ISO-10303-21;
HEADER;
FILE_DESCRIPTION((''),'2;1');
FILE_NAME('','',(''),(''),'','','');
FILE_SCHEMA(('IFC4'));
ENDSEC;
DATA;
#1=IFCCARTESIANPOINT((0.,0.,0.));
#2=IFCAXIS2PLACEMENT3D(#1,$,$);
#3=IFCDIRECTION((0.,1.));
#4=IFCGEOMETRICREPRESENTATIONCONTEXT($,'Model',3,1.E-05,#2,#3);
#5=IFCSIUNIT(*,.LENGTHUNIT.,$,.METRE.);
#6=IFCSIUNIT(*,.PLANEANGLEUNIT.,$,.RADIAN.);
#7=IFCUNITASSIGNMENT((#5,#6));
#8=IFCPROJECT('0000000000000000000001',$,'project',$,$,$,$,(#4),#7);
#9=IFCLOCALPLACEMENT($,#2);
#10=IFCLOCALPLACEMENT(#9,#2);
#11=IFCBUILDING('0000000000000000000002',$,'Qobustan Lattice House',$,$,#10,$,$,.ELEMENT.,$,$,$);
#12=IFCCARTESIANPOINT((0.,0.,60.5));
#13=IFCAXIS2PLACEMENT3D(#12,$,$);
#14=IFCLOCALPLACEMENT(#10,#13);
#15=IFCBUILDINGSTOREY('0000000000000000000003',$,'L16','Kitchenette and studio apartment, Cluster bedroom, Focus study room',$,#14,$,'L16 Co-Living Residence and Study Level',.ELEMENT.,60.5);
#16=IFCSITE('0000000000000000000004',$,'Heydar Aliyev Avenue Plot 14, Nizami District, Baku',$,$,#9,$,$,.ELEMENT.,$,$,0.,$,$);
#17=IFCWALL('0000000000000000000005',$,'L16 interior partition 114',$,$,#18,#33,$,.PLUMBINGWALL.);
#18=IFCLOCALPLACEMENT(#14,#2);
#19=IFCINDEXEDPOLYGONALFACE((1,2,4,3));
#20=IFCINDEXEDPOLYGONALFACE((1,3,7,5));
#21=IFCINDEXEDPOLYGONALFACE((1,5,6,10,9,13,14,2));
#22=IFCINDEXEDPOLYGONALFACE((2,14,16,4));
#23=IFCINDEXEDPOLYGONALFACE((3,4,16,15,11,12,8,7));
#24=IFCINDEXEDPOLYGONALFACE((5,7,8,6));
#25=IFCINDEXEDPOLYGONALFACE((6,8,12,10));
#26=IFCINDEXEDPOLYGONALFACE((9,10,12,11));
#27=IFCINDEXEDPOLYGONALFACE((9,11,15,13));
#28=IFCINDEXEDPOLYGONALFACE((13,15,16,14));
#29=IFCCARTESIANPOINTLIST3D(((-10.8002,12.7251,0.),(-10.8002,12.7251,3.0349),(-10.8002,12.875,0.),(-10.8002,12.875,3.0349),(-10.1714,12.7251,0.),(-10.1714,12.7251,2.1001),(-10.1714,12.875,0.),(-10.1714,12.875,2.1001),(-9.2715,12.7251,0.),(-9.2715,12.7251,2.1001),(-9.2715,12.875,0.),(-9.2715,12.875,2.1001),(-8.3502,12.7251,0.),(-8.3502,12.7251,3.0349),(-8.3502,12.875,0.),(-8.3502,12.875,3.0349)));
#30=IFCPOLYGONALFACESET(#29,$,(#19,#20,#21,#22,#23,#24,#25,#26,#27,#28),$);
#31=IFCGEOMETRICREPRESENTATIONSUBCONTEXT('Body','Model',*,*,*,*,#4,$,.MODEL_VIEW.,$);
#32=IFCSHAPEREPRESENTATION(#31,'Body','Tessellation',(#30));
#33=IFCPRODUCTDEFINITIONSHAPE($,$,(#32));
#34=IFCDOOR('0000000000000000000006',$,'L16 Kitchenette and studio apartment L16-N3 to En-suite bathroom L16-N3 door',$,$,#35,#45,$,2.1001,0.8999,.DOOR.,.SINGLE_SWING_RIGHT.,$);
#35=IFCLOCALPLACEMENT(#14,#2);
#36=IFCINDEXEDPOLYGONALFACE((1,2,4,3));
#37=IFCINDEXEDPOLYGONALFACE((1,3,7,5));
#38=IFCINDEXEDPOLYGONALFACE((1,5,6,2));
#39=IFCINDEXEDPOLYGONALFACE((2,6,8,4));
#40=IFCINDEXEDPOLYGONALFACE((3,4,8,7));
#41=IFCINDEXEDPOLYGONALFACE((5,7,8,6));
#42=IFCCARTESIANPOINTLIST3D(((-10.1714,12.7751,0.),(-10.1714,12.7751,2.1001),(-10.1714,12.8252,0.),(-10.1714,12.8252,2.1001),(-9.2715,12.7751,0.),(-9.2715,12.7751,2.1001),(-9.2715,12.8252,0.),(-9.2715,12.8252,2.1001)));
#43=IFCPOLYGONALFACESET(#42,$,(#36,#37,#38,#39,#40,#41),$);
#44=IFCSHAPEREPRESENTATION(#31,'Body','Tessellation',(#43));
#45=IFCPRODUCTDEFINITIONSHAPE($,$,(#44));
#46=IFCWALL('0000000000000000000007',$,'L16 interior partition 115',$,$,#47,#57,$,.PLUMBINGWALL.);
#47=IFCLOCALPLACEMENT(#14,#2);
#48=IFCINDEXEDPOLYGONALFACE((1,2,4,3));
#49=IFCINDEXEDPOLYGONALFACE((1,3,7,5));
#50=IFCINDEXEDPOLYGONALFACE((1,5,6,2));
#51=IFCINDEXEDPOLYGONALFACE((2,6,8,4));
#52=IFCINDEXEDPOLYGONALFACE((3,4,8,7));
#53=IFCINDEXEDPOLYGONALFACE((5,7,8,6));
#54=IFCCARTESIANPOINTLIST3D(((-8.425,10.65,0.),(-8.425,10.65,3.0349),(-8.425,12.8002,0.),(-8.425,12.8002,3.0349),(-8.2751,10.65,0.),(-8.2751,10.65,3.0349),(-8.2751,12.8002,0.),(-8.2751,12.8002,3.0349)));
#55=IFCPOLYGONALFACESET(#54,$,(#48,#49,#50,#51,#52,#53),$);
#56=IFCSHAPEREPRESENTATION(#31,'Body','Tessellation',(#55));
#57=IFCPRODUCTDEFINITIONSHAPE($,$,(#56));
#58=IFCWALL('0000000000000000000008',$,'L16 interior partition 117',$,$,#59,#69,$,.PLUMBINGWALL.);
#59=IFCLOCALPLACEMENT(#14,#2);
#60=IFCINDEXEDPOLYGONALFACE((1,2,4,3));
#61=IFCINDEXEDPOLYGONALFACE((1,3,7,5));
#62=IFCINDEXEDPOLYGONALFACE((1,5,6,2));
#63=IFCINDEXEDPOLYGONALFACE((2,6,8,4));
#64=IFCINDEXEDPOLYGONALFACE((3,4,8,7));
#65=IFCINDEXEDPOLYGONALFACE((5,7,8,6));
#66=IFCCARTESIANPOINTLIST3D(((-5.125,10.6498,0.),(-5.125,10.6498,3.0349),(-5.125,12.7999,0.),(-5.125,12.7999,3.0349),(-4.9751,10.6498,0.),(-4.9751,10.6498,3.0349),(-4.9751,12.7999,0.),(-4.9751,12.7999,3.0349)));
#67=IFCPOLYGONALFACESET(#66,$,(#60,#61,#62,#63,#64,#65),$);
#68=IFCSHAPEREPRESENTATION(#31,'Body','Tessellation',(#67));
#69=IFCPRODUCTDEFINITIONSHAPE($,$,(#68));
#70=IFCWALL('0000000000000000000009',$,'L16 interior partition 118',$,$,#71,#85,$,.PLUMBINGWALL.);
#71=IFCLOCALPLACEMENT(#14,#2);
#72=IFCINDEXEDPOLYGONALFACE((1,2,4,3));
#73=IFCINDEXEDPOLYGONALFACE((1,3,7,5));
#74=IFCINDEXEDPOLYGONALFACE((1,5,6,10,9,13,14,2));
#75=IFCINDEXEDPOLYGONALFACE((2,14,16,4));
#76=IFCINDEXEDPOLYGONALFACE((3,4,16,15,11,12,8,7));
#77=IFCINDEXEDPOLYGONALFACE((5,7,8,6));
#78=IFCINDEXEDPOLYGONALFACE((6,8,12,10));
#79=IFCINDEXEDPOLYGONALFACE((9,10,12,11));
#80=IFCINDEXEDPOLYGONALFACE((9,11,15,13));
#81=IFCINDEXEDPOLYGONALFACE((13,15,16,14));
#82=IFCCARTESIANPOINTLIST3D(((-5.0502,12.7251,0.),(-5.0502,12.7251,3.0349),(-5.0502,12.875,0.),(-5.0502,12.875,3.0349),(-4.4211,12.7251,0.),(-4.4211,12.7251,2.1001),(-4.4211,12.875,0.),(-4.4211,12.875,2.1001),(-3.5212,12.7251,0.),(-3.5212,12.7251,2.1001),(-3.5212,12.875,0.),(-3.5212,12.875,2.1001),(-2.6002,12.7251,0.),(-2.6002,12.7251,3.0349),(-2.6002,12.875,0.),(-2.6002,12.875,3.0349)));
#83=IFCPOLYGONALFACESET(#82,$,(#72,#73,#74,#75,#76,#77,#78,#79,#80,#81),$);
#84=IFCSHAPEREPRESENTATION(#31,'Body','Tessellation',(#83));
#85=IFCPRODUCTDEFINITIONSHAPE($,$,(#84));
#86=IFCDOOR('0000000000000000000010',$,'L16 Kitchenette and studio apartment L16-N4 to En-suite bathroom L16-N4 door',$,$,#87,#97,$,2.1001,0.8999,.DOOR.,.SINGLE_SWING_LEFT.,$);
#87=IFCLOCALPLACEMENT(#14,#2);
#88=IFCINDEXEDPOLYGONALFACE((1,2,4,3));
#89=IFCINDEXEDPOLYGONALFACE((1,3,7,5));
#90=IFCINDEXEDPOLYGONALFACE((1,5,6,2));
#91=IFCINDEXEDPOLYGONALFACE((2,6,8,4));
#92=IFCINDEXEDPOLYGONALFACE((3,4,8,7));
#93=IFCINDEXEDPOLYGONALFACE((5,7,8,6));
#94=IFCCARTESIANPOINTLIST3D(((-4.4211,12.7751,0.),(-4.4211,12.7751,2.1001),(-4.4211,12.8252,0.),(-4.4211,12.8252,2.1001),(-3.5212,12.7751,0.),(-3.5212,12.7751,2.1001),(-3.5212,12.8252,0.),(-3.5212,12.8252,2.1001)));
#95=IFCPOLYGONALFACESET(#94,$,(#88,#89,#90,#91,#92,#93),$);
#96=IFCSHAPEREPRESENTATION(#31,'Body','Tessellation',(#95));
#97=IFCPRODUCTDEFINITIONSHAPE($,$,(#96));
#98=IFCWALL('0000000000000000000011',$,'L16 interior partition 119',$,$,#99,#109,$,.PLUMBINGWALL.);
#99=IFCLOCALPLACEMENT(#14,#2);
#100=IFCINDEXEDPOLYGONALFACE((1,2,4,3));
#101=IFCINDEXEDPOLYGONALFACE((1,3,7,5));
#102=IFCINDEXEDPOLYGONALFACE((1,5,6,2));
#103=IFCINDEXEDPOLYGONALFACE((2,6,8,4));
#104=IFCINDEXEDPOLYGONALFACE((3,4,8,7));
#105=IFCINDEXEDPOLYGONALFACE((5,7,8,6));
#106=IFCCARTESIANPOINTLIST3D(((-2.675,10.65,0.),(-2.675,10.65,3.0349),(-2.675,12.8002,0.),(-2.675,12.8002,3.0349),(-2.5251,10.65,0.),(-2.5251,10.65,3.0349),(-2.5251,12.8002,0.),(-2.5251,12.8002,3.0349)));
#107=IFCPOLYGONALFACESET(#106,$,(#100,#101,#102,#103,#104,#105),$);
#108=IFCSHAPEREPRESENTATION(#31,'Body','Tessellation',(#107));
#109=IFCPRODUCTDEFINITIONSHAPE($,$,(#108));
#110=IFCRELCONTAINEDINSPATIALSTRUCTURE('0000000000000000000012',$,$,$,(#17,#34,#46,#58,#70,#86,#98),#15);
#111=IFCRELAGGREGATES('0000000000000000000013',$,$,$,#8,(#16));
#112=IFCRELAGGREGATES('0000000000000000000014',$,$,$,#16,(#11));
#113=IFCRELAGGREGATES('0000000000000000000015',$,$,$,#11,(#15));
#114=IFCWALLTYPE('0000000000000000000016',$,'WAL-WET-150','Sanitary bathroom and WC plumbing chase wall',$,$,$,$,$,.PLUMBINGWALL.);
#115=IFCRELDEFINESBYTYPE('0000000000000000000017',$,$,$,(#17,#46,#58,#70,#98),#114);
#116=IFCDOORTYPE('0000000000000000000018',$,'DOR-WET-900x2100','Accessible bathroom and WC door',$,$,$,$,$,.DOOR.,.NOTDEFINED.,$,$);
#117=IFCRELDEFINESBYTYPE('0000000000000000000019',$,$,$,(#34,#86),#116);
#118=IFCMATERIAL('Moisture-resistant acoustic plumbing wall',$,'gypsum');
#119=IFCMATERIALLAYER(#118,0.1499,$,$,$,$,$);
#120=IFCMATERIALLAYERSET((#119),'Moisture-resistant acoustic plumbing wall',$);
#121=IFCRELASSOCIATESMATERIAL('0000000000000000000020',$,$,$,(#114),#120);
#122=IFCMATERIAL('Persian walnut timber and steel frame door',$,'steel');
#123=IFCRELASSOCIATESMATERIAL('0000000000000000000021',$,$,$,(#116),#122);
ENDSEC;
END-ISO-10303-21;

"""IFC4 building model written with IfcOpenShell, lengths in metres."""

from ifc_helpers import new_model, si_unit, direction, frame, frame_2d, origin, place, context, subcontext, project, spatial, rectangle, extrude, material, layer, layer_set, type_object, element, fill, save


model = new_model("IFC4")

# Units and contexts
model_context = context("Model", 3, precision=1e-05, world=origin(), true_north=direction((0.0, 1.0)))
body_context = subcontext(model_context, "Body", "Model", "MODEL_VIEW")
ifc_project = project(units=[si_unit("LENGTHUNIT", "METRE"), si_unit("PLANEANGLEUNIT", "RADIAN")], contexts=[model_context])

# Site, building, storey
site_placement = place(None, origin())
site = spatial("IfcSite", under=ifc_project, at=site_placement, Name="Heydar Aliyev Avenue Plot 14, Nizami District, Baku", CompositionType="ELEMENT", RefElevation=0.0)
building_placement = place(site_placement, origin())
building = spatial("IfcBuilding", under=site, at=building_placement, Name="Qobustan Lattice House", CompositionType="ELEMENT")
storey_placement = place(building_placement, frame((0.0, 0.0, 60.5)))
storey = spatial("IfcBuildingStorey", under=building, at=storey_placement, Name="L16", Description="Kitchenette and studio apartment, Cluster bedroom, Focus study room", LongName="L16 Co-Living Residence and Study Level", CompositionType="ELEMENT", Elevation=60.5)

# Shared definitions
ifc_material_1 = material(Name="Moisture-resistant acoustic plumbing wall", Category="gypsum")
ifc_layer_1 = layer(ifc_material_1, 0.1499)
ifc_layer_set_1 = layer_set([ifc_layer_1], Name="Moisture-resistant acoustic plumbing wall")
wall_type_1 = type_object("IfcWallType", Name="WAL-WET-150", Description="Sanitary bathroom and WC plumbing chase wall", PredefinedType="PLUMBINGWALL", material=ifc_layer_set_1)

# Wall, opening, door
wall_1_placement = place(storey_placement, frame((-8.3501, 12.8, 0.0), z_axis=(0.0, 0.0, 1.0), x_axis=(-1.0, 0.0, 0.0)))
wall_1 = element("IfcWall", 1, at=wall_1_placement, inside=storey, type_object=wall_type_1, Name="L16 interior partition 114", PredefinedType="PLUMBINGWALL", context=body_context, shape_type="SweptSolid", body=[
    extrude(rectangle(XDim=2.45, YDim=0.1499, at=frame_2d((1.2251, 0.0))), origin(), (0.0, 0.0, 1.0), 3.0349),
])
opening_1_placement = place(wall_1_placement, frame((0.9214, 0.0, 0.0)))
opening_1 = element("IfcOpeningElement", 2, at=opening_1_placement, cuts=wall_1, PredefinedType="OPENING", context=body_context, shape_type="SweptSolid", body=[
    extrude(rectangle(XDim=0.8999, YDim=2.1001, at=frame_2d((0.45, 1.05))), frame((0.0, 0.085, 0.0), z_axis=(0.0, -1.0, 0.0), x_axis=(1.0, 0.0, 0.0)), (0.0, 0.0, 1.0), 0.1699),
])
ifc_material_2 = material(Name="Persian walnut timber and steel frame door", Category="steel")
door_type_1 = type_object("IfcDoorType", Name="DOR-WET-900x2100", Description="Accessible bathroom and WC door", OperationType="NOTDEFINED", PredefinedType="DOOR", material=ifc_material_2)
door_1_placement = place(opening_1_placement, origin())
door_1 = element("IfcDoor", 3, at=door_1_placement, inside=storey, type_object=door_type_1, Name="L16 Kitchenette and studio apartment L16-N3 to En-suite bathroom L16-N3 door", OperationType="SINGLE_SWING_RIGHT", OverallHeight=2.1001, OverallWidth=0.8999, PredefinedType="DOOR", context=body_context, shape_type="SweptSolid", body=[
    extrude(rectangle(XDim=0.8999, YDim=2.1001, at=frame_2d((0.45, 1.05))), frame((0.0, 0.0249, 0.0), z_axis=(0.0, -1.0, 0.0), x_axis=(1.0, 0.0, 0.0)), (0.0, 0.0, 1.0), 0.05),
])
fill(opening_1, door_1)

# Walls
for number, where, z_axis, x_axis, name in (
    (4, (-8.3501, 10.6499, 0.0), (0.0, 0.0, 1.0), (0.0, 1.0, 0.0), "L16 interior partition 115"),
    (5, (-5.05, 12.8, 0.0), (0.0, 0.0, 1.0), (0.0, -1.0, 0.0), "L16 interior partition 117"),
):
    element("IfcWall", number, at=place(storey_placement, frame(where, z_axis=z_axis, x_axis=x_axis)), inside=storey, type_object=wall_type_1, Name=name, PredefinedType="PLUMBINGWALL", context=body_context, shape_type="SweptSolid", body=[
        extrude(rectangle(XDim=2.1501, YDim=0.1499, at=frame_2d((1.0752, 0.0))), origin(), (0.0, 0.0, 1.0), 3.0349),
    ])

# Wall, opening, door
wall_2_placement = place(storey_placement, frame((-2.6001, 12.8, 0.0), z_axis=(0.0, 0.0, 1.0), x_axis=(-1.0, 0.0, 0.0)))
wall_2 = element("IfcWall", 6, at=wall_2_placement, inside=storey, type_object=wall_type_1, Name="L16 interior partition 118", PredefinedType="PLUMBINGWALL", context=body_context, shape_type="SweptSolid", body=[
    extrude(rectangle(XDim=2.45, YDim=0.1499, at=frame_2d((1.2251, 0.0))), origin(), (0.0, 0.0, 1.0), 3.0349),
])
opening_2_placement = place(wall_2_placement, frame((0.9211, 0.0, 0.0)))
opening_2 = element("IfcOpeningElement", 7, at=opening_2_placement, cuts=wall_2, PredefinedType="OPENING", context=body_context, shape_type="SweptSolid", body=[
    extrude(rectangle(XDim=0.8999, YDim=2.1001, at=frame_2d((0.45, 1.05))), frame((0.0, 0.085, 0.0), z_axis=(0.0, -1.0, 0.0), x_axis=(1.0, 0.0, 0.0)), (0.0, 0.0, 1.0), 0.1699),
])
door_2_placement = place(opening_2_placement, origin())
door_2 = element("IfcDoor", 8, at=door_2_placement, inside=storey, type_object=door_type_1, Name="L16 Kitchenette and studio apartment L16-N4 to En-suite bathroom L16-N4 door", OperationType="SINGLE_SWING_LEFT", OverallHeight=2.1001, OverallWidth=0.8999, PredefinedType="DOOR", context=body_context, shape_type="SweptSolid", body=[
    extrude(rectangle(XDim=0.8999, YDim=2.1001, at=frame_2d((0.45, 1.05))), frame((0.0, 0.0249, 0.0), z_axis=(0.0, -1.0, 0.0), x_axis=(1.0, 0.0, 0.0)), (0.0, 0.0, 1.0), 0.05),
])
fill(opening_2, door_2)

# Wall
wall_3_placement = place(storey_placement, frame((-2.6001, 10.6499, 0.0), z_axis=(0.0, 0.0, 1.0), x_axis=(0.0, 1.0, 0.0)))
element("IfcWall", 9, at=wall_3_placement, inside=storey, type_object=wall_type_1, Name="L16 interior partition 119", PredefinedType="PLUMBINGWALL", context=body_context, shape_type="SweptSolid", body=[
    extrude(rectangle(XDim=2.1501, YDim=0.1499, at=frame_2d((1.0752, 0.0))), origin(), (0.0, 0.0, 1.0), 3.0349),
])

save(model, "model.ifc")
